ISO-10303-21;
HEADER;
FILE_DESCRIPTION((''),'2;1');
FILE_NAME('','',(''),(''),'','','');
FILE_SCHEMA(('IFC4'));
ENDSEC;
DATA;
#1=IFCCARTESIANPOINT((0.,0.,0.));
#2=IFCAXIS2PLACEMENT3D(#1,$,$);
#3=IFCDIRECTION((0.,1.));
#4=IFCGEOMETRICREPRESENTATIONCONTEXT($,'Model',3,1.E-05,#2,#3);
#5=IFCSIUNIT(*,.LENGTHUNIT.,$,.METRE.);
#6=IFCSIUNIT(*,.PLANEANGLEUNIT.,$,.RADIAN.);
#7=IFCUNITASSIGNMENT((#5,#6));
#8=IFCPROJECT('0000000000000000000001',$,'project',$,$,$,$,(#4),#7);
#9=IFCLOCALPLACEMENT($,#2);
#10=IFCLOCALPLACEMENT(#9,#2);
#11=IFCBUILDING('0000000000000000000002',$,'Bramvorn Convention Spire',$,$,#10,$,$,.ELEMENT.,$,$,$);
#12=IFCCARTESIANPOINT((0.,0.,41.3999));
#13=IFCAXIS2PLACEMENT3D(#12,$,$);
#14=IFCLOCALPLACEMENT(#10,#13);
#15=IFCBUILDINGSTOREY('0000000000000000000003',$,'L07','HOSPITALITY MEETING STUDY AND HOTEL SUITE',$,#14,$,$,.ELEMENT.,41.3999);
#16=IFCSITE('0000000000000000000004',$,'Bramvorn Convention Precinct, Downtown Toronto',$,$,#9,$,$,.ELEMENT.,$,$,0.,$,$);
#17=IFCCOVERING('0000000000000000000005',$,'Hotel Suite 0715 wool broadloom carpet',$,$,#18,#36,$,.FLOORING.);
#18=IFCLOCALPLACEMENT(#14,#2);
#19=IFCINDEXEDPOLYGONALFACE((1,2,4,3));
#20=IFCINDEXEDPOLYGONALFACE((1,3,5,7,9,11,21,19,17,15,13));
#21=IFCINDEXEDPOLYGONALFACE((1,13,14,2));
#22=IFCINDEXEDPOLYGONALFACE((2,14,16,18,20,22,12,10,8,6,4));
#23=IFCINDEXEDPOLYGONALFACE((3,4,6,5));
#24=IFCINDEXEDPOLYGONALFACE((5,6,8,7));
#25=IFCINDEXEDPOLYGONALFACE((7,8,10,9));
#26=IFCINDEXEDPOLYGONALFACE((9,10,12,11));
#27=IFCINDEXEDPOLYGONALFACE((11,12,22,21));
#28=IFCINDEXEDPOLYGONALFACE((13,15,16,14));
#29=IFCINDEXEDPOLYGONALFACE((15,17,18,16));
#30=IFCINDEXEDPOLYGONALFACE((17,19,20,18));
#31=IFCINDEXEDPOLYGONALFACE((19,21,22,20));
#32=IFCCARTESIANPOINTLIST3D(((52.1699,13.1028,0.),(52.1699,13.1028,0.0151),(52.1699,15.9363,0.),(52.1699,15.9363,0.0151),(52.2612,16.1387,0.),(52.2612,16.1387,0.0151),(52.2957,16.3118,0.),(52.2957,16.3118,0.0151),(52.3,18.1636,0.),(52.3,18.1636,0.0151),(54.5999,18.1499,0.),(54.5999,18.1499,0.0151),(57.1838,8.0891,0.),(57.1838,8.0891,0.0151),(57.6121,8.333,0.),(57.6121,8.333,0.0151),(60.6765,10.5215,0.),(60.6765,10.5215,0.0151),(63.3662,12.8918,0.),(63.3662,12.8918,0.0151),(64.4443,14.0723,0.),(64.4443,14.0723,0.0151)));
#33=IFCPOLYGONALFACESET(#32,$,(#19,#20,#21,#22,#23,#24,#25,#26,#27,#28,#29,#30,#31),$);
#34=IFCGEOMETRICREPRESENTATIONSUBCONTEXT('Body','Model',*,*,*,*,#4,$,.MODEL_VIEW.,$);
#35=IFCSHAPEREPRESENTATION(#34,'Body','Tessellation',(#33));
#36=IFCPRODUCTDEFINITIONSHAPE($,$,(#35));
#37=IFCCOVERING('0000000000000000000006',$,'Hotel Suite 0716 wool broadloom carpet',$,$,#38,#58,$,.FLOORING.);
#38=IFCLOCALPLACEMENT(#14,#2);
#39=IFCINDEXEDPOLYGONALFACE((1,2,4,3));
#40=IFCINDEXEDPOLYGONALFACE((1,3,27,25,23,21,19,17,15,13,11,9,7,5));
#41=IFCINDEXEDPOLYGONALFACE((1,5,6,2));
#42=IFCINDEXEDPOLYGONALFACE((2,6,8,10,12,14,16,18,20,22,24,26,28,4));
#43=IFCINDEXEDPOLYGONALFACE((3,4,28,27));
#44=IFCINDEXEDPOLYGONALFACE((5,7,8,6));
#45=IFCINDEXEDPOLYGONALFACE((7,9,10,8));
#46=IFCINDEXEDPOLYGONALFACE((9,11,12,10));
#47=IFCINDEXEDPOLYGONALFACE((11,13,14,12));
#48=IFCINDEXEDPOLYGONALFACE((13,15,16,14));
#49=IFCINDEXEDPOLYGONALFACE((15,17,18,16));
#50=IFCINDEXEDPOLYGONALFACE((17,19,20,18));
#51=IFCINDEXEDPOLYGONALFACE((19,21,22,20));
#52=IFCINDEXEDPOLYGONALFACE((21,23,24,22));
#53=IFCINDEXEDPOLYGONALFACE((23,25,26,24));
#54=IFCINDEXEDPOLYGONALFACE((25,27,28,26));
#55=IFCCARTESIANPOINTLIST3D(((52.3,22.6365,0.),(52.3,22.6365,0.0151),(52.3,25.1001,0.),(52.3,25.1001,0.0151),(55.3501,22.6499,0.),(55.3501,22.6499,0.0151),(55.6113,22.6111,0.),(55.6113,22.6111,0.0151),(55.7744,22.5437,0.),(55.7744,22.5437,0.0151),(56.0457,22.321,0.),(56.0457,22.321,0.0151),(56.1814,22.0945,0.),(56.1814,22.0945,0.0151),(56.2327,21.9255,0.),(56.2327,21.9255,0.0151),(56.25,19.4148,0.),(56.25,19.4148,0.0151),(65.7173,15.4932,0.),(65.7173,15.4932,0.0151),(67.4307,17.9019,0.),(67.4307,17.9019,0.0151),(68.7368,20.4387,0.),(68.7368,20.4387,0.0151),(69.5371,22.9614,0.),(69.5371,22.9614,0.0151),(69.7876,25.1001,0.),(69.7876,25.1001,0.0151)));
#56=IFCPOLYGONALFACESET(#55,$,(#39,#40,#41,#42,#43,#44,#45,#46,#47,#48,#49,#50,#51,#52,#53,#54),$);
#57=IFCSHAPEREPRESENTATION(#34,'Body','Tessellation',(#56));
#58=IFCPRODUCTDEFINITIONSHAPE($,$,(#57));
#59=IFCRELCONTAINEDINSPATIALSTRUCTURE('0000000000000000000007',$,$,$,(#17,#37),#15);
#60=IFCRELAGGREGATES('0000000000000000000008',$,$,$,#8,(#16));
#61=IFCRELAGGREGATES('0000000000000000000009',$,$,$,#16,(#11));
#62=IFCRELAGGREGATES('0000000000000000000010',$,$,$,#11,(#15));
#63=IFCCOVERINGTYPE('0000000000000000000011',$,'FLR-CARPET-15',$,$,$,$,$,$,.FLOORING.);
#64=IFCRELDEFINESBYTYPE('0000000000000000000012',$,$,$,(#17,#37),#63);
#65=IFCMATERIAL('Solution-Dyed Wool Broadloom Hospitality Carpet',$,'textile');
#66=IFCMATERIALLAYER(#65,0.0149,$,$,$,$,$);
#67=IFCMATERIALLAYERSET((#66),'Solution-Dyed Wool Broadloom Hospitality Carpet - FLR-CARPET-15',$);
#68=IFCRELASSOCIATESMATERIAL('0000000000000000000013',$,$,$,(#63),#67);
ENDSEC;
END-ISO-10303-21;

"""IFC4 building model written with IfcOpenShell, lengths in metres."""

from ifc_helpers import new_model, si_unit, direction, frame, origin, place, context, subcontext, project, spatial, polyline, outline, extrude, material, layer, layer_set, type_object, element, save


model = new_model("IFC4")

# Units and contexts
model_context = context("Model", 3, precision=1e-05, world=origin(), true_north=direction((0.0, 1.0)))
body_context = subcontext(model_context, "Body", "Model", "MODEL_VIEW")
ifc_project = project(units=[si_unit("LENGTHUNIT", "METRE"), si_unit("PLANEANGLEUNIT", "RADIAN")], contexts=[model_context])

# Site, building, storey
site_placement = place(None, origin())
site = spatial("IfcSite", under=ifc_project, at=site_placement, Name="Bramvorn Convention Precinct, Downtown Toronto", CompositionType="ELEMENT", RefElevation=0.0)
building_placement = place(site_placement, origin())
building = spatial("IfcBuilding", under=site, at=building_placement, Name="Bramvorn Convention Spire", CompositionType="ELEMENT")
storey_placement = place(building_placement, frame((0.0, 0.0, 41.3999)))
storey = spatial("IfcBuildingStorey", under=building, at=storey_placement, Name="L07", Description="HOSPITALITY MEETING STUDY AND HOTEL SUITE", CompositionType="ELEMENT", Elevation=41.3999)

# Coverings
ifc_material_1 = material(Name="Solution-Dyed Wool Broadloom Hospitality Carpet", Category="textile")
ifc_layer_1 = layer(ifc_material_1, 0.0149)
ifc_layer_set_1 = layer_set([ifc_layer_1], Name="Solution-Dyed Wool Broadloom Hospitality Carpet - FLR-CARPET-15")
covering_type = type_object("IfcCoveringType", Name="FLR-CARPET-15", PredefinedType="FLOORING", material=ifc_layer_set_1)
covering_1_placement = place(storey_placement, origin())
element("IfcCovering", 1, at=covering_1_placement, inside=storey, type_object=covering_type, Name="Hotel Suite 0715 wool broadloom carpet", PredefinedType="FLOORING", context=body_context, shape_type="SweptSolid", body=[
    extrude(outline(polyline([(52.1699, 13.1028), (57.1838, 8.0891), (57.6121, 8.333), (60.6765, 10.5215), (63.3662, 12.8918), (64.4443, 14.0723), (54.5999, 18.1499), (52.3, 18.1636), (52.2957, 16.3118), (52.2612, 16.1387), (52.1699, 15.9363), (52.1699, 13.1028)])), origin(), (0.0, 0.0, 1.0), 0.0151),
])
covering_2_placement = place(storey_placement, origin())
element("IfcCovering", 2, at=covering_2_placement, inside=storey, type_object=covering_type, Name="Hotel Suite 0716 wool broadloom carpet", PredefinedType="FLOORING", context=body_context, shape_type="SweptSolid", body=[
    extrude(outline(polyline([(55.3501, 22.6499), (55.6113, 22.6111), (55.7744, 22.5437), (56.0457, 22.321), (56.1814, 22.0945), (56.2327, 21.9255), (56.25, 19.4148), (65.7173, 15.4932), (67.4307, 17.9019), (68.7368, 20.4387), (69.5371, 22.9614), (69.7876, 25.1001), (52.3, 25.1001), (52.3, 22.6365), (55.3501, 22.6499)])), origin(), (0.0, 0.0, 1.0), 0.0151),
])

save(model, "model.ifc")
